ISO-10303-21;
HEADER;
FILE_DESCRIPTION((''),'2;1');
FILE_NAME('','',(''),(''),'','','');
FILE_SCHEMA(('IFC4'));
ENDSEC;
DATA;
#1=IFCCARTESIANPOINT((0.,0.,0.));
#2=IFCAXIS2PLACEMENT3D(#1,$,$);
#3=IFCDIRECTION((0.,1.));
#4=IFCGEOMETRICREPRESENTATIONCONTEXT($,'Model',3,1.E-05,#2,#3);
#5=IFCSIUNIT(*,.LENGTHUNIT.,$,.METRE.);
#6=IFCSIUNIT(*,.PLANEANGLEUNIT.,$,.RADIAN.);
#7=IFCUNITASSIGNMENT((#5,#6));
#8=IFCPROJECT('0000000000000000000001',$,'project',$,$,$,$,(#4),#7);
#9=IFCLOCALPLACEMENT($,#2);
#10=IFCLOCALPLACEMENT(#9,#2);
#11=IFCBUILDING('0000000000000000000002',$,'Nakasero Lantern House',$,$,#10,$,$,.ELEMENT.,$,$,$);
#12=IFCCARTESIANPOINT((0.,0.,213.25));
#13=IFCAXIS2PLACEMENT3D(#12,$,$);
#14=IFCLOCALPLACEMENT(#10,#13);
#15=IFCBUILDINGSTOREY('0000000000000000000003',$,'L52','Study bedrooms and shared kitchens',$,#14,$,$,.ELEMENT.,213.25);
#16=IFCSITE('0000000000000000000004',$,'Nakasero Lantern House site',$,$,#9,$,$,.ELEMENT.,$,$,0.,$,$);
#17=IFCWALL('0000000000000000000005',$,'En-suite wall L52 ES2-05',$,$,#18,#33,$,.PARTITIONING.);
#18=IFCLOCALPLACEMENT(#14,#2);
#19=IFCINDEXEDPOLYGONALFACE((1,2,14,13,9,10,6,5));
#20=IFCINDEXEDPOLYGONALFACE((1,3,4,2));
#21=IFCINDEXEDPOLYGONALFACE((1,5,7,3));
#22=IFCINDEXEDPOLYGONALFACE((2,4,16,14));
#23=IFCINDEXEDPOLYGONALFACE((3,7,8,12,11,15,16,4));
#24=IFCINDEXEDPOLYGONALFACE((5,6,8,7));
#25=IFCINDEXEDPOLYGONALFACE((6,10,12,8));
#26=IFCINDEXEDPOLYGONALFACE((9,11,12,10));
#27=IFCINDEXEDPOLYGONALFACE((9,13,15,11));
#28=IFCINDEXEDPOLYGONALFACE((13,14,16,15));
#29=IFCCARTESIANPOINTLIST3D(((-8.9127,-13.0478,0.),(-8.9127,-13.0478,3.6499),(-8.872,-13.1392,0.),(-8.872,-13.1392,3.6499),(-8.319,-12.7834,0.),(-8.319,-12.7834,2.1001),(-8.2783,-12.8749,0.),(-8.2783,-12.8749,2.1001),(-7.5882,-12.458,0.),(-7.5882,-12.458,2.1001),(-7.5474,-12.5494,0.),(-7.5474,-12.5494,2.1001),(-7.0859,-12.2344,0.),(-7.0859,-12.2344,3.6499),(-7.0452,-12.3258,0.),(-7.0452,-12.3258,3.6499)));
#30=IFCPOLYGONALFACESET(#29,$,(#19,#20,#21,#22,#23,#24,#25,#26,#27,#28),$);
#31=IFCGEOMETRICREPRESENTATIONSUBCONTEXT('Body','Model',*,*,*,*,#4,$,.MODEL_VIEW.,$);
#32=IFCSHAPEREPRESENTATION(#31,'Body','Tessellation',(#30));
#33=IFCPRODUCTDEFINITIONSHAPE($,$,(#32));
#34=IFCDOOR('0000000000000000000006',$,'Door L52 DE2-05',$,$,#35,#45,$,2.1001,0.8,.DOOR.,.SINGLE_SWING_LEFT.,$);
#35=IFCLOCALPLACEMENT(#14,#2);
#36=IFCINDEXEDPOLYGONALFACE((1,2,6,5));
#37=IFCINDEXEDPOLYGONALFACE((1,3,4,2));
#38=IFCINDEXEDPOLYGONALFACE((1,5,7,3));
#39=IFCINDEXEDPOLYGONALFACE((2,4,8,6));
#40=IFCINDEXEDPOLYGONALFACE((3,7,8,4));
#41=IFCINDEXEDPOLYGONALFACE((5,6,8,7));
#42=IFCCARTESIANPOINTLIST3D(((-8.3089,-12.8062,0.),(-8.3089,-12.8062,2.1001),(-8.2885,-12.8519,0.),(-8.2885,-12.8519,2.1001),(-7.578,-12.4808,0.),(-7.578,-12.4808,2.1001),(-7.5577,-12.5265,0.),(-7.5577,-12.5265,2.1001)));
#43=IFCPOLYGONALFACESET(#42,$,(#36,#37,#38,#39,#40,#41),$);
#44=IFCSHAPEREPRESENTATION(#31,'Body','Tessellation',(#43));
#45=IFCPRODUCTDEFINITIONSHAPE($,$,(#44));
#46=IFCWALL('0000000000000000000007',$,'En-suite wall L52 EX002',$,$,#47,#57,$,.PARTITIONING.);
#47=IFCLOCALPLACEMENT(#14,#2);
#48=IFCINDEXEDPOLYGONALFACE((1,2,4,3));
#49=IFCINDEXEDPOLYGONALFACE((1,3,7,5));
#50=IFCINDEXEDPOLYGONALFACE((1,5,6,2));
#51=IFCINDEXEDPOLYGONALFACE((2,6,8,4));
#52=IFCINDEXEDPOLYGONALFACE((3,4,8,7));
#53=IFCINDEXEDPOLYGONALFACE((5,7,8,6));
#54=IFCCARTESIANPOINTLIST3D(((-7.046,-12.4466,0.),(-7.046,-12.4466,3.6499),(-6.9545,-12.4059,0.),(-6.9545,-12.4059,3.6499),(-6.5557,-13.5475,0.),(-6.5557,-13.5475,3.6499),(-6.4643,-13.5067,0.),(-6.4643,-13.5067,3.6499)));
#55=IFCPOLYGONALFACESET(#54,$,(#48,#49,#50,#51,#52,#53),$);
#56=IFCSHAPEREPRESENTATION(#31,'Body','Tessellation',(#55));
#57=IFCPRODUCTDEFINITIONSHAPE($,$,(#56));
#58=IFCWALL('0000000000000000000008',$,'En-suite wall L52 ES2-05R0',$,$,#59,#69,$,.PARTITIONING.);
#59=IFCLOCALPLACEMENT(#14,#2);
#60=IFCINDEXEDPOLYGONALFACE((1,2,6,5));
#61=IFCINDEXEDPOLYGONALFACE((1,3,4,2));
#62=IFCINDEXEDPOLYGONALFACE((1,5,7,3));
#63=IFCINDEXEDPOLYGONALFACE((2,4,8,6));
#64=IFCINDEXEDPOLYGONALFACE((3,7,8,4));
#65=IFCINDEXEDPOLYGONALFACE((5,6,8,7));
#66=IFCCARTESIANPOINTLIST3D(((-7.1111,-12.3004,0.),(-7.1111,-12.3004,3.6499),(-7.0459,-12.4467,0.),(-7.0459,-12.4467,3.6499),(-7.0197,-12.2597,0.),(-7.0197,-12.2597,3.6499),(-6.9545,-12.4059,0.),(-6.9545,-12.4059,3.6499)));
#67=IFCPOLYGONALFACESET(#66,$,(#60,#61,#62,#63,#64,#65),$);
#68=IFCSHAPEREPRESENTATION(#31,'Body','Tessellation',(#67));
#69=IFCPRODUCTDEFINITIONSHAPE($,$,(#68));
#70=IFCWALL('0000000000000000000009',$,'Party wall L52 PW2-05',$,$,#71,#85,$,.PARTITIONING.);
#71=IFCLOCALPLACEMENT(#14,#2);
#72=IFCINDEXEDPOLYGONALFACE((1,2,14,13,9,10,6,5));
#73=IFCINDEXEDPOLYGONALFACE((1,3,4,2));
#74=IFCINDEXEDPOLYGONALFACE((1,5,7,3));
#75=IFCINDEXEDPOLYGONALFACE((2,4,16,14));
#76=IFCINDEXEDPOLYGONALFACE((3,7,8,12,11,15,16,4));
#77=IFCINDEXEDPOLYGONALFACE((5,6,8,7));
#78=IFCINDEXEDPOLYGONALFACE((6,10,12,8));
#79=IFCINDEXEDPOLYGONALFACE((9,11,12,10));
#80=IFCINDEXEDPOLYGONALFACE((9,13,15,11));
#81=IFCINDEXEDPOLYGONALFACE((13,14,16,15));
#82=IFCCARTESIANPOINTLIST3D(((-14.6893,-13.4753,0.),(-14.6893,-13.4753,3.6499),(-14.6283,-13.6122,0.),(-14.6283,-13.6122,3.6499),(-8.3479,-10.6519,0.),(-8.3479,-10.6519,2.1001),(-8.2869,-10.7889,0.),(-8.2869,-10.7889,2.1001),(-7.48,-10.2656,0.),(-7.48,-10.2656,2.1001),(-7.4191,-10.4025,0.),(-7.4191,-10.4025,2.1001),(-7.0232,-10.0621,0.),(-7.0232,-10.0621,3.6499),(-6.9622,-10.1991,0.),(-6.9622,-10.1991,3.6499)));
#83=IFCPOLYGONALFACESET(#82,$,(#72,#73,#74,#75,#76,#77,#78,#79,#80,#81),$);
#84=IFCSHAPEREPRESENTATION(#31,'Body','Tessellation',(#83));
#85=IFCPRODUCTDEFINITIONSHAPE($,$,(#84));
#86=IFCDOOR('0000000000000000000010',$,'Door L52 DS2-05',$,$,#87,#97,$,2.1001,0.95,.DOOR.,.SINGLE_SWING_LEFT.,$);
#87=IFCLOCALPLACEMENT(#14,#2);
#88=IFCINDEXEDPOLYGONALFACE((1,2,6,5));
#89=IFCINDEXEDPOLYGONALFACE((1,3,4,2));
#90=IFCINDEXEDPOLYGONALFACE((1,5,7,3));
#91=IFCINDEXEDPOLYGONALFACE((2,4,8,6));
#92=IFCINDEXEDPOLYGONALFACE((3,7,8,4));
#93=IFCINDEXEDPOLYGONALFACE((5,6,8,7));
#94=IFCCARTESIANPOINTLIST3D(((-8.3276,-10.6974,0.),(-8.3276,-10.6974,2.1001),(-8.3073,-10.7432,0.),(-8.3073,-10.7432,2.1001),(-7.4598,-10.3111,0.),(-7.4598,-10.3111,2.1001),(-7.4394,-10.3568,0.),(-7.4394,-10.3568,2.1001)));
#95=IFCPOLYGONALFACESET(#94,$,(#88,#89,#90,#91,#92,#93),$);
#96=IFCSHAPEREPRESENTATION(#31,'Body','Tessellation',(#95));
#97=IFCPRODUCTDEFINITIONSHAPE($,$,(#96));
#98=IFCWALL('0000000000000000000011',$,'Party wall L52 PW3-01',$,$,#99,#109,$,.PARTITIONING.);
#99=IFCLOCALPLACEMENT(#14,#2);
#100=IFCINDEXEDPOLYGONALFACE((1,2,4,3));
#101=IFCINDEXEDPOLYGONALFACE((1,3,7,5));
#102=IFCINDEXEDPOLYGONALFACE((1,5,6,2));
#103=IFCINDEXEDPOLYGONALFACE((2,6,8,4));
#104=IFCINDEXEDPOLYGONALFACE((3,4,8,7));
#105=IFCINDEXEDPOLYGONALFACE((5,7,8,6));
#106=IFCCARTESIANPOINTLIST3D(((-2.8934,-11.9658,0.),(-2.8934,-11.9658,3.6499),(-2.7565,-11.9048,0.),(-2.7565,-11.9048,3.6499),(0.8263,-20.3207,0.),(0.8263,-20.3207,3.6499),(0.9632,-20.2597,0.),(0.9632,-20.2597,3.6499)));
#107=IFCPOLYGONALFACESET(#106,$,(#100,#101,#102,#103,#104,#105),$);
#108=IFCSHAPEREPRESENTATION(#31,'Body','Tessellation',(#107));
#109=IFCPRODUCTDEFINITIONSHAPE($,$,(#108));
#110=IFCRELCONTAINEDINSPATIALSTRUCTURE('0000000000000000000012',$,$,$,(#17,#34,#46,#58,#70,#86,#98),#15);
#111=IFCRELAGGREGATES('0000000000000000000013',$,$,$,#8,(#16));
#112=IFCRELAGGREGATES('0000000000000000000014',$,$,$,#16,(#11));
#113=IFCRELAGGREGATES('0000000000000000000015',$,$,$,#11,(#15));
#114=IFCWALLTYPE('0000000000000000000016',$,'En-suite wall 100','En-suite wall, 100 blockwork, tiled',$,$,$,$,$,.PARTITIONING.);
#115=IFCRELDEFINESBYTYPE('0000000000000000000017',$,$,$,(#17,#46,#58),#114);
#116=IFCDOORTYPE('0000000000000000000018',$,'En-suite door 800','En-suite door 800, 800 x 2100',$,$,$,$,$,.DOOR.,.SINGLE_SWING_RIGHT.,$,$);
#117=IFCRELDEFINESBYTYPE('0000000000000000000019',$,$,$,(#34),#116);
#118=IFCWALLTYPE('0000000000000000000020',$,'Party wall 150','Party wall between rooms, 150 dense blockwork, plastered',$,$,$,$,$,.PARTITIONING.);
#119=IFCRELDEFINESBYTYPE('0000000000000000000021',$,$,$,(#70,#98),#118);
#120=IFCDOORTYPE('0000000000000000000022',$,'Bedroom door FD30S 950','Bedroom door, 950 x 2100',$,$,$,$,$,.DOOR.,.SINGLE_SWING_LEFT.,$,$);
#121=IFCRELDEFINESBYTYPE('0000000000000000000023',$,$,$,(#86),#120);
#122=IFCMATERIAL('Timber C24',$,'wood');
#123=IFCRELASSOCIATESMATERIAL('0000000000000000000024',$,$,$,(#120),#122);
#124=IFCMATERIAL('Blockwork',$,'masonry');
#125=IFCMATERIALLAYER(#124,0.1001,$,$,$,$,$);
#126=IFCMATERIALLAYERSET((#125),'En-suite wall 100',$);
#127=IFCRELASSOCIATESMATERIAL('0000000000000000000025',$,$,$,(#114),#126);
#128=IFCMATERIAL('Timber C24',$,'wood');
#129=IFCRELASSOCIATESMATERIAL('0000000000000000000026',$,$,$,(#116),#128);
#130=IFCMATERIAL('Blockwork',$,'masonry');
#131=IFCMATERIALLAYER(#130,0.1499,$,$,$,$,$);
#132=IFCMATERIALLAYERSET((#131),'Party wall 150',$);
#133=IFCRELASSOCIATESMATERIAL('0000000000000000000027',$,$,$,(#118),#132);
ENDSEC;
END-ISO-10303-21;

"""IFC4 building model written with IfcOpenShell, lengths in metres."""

from ifc_helpers import new_model, si_unit, direction, frame, frame_2d, origin, place, context, subcontext, project, spatial, rectangle, extrude, material, layer, layer_set, type_object, element, fill, save


model = new_model("IFC4")

# Units and contexts
model_context = context("Model", 3, precision=1e-05, world=origin(), true_north=direction((0.0, 1.0)))
body_context = subcontext(model_context, "Body", "Model", "MODEL_VIEW")
ifc_project = project(units=[si_unit("LENGTHUNIT", "METRE"), si_unit("PLANEANGLEUNIT", "RADIAN")], contexts=[model_context])

# Site, building, storey
site_placement = place(None, origin())
site = spatial("IfcSite", under=ifc_project, at=site_placement, Name="Nakasero Lantern House site", CompositionType="ELEMENT", RefElevation=0.0)
building_placement = place(site_placement, origin())
building = spatial("IfcBuilding", under=site, at=building_placement, Name="Nakasero Lantern House", CompositionType="ELEMENT")
storey_placement = place(building_placement, frame((0.0, 0.0, 213.25)))
storey = spatial("IfcBuildingStorey", under=building, at=storey_placement, Name="L52", Description="Study bedrooms and shared kitchens", CompositionType="ELEMENT", Elevation=213.25)

# Wall, opening, door
ifc_material_1 = material(Name="Timber C24", Category="wood")
door_type_1 = type_object("IfcDoorType", Name="Bedroom door FD30S 950", Description="Bedroom door, 950 x 2100", OperationType="SINGLE_SWING_LEFT", PredefinedType="DOOR", material=ifc_material_1)
ifc_material_2 = material(Name="Blockwork", Category="masonry")
ifc_layer_1 = layer(ifc_material_2, 0.1001)
ifc_layer_set_1 = layer_set([ifc_layer_1], Name="En-suite wall 100")
wall_type_1 = type_object("IfcWallType", Name="En-suite wall 100", Description="En-suite wall, 100 blockwork, tiled", PredefinedType="PARTITIONING", material=ifc_layer_set_1)
wall_1_placement = place(storey_placement, frame((-7.0654, -12.28, 0.0), z_axis=(0.0, 0.0, 1.0), x_axis=(-0.913529, -0.406773, 0.0)))
wall_1 = element("IfcWall", 1, at=wall_1_placement, inside=storey, type_object=wall_type_1, Name="En-suite wall L52 ES2-05", PredefinedType="PARTITIONING", context=body_context, shape_type="SweptSolid", body=[
    extrude(rectangle(XDim=1.9998, YDim=0.1001, at=frame_2d((1.0, 0.0))), origin(), (0.0, 0.0, 1.0), 3.6499),
])
opening_1_placement = place(wall_1_placement, frame((0.55, 0.0, 0.0)))
opening_1 = element("IfcOpeningElement", 2, at=opening_1_placement, cuts=wall_1, PredefinedType="OPENING", context=body_context, shape_type="SweptSolid", body=[
    extrude(rectangle(XDim=0.8, YDim=2.1001, at=frame_2d((0.3999, 1.05))), frame((0.0, 0.0701, 0.0), z_axis=(0.0, -1.0, 0.0), x_axis=(1.0, 0.0, 0.0)), (0.0, 0.0, 1.0), 0.1401),
])
ifc_material_3 = material(Name="Timber C24", Category="wood")
door_type_2 = type_object("IfcDoorType", Name="En-suite door 800", Description="En-suite door 800, 800 x 2100", OperationType="SINGLE_SWING_RIGHT", PredefinedType="DOOR", material=ifc_material_3)
door_1_placement = place(opening_1_placement, origin())
door_1 = element("IfcDoor", 3, at=door_1_placement, inside=storey, type_object=door_type_2, Name="Door L52 DE2-05", OperationType="SINGLE_SWING_LEFT", OverallHeight=2.1001, OverallWidth=0.8, PredefinedType="DOOR", context=body_context, shape_type="SweptSolid", body=[
    extrude(rectangle(XDim=0.8, YDim=2.1001, at=frame_2d((0.3999, 1.05))), frame((0.0, 0.0249, 0.0), z_axis=(0.0, -1.0, 0.0), x_axis=(1.0, 0.0, 0.0)), (0.0, 0.0, 1.0), 0.05),
])
fill(opening_1, door_1)

# Walls
wall_2_placement = place(storey_placement, frame((-6.51, -13.5271, 0.0), z_axis=(0.0, 0.0, 1.0), x_axis=(-0.406815, 0.913511, 0.0)))
element("IfcWall", 4, at=wall_2_placement, inside=storey, type_object=wall_type_1, Name="En-suite wall L52 EX002", PredefinedType="PARTITIONING", context=body_context, shape_type="SweptSolid", body=[
    extrude(rectangle(XDim=1.2051, YDim=0.1001, at=frame_2d((0.6025, 0.0))), origin(), (0.0, 0.0, 1.0), 3.6499),
])
wall_3_placement = place(storey_placement, frame((-7.0654, -12.28, 0.0), z_axis=(0.0, 0.0, 1.0), x_axis=(0.407129, -0.913371, 0.0)))
element("IfcWall", 5, at=wall_3_placement, inside=storey, type_object=wall_type_1, Name="En-suite wall L52 ES2-05R0", PredefinedType="PARTITIONING", context=body_context, shape_type="SweptSolid", body=[
    extrude(rectangle(XDim=0.1602, YDim=0.1001, at=frame_2d((0.0801, 0.0))), origin(), (0.0, 0.0, 1.0), 3.6499),
])

# Wall, opening, door
ifc_material_4 = material(Name="Blockwork", Category="masonry")
ifc_layer_2 = layer(ifc_material_4, 0.1499)
ifc_layer_set_2 = layer_set([ifc_layer_2], Name="Party wall 150")
wall_type_2 = type_object("IfcWallType", Name="Party wall 150", Description="Party wall between rooms, 150 dense blockwork, plastered", PredefinedType="PARTITIONING", material=ifc_layer_set_2)
wall_4_placement = place(storey_placement, frame((-6.9927, -10.1306, 0.0), z_axis=(0.0, 0.0, 1.0), x_axis=(-0.913547, -0.406732, 0.0)))
wall_4 = element("IfcWall", 6, at=wall_4_placement, inside=storey, type_object=wall_type_2, Name="Party wall L52 PW2-05", PredefinedType="PARTITIONING", context=body_context, shape_type="SweptSolid", body=[
    extrude(rectangle(XDim=8.3916, YDim=0.1499, at=frame_2d((4.1958, 0.0))), origin(), (0.0, 0.0, 1.0), 3.6499),
])
opening_2_placement = place(wall_4_placement, frame((0.5, 0.0, 0.0)))
opening_2 = element("IfcOpeningElement", 7, at=opening_2_placement, cuts=wall_4, PredefinedType="OPENING", context=body_context, shape_type="SweptSolid", body=[
    extrude(rectangle(XDim=0.95, YDim=2.1001, at=frame_2d((0.4751, 1.05))), frame((0.0, 0.095, 0.0), z_axis=(0.0, -1.0, 0.0), x_axis=(1.0, 0.0, 0.0)), (0.0, 0.0, 1.0), 0.1899),
])
door_2_placement = place(opening_2_placement, origin())
door_2 = element("IfcDoor", 8, at=door_2_placement, inside=storey, type_object=door_type_1, Name="Door L52 DS2-05", OperationType="SINGLE_SWING_LEFT", OverallHeight=2.1001, OverallWidth=0.95, PredefinedType="DOOR", context=body_context, shape_type="SweptSolid", body=[
    extrude(rectangle(XDim=0.95, YDim=2.1001, at=frame_2d((0.4751, 1.05))), frame((0.0, 0.0249, 0.0), z_axis=(0.0, -1.0, 0.0), x_axis=(1.0, 0.0, 0.0)), (0.0, 0.0, 1.0), 0.05),
])
fill(opening_2, door_2)

# Wall
wall_5_placement = place(storey_placement, frame((-2.825, -11.9353, 0.0), z_axis=(0.0, 0.0, 1.0), x_axis=(0.406723, -0.913552, 0.0)))
element("IfcWall", 9, at=wall_5_placement, inside=storey, type_object=wall_type_2, Name="Party wall L52 PW3-01", PredefinedType="PARTITIONING", context=body_context, shape_type="SweptSolid", body=[
    extrude(rectangle(XDim=9.1455, YDim=0.1499, at=frame_2d((4.5728, 0.0))), origin(), (0.0, 0.0, 1.0), 3.6499),
])

save(model, "model.ifc")
